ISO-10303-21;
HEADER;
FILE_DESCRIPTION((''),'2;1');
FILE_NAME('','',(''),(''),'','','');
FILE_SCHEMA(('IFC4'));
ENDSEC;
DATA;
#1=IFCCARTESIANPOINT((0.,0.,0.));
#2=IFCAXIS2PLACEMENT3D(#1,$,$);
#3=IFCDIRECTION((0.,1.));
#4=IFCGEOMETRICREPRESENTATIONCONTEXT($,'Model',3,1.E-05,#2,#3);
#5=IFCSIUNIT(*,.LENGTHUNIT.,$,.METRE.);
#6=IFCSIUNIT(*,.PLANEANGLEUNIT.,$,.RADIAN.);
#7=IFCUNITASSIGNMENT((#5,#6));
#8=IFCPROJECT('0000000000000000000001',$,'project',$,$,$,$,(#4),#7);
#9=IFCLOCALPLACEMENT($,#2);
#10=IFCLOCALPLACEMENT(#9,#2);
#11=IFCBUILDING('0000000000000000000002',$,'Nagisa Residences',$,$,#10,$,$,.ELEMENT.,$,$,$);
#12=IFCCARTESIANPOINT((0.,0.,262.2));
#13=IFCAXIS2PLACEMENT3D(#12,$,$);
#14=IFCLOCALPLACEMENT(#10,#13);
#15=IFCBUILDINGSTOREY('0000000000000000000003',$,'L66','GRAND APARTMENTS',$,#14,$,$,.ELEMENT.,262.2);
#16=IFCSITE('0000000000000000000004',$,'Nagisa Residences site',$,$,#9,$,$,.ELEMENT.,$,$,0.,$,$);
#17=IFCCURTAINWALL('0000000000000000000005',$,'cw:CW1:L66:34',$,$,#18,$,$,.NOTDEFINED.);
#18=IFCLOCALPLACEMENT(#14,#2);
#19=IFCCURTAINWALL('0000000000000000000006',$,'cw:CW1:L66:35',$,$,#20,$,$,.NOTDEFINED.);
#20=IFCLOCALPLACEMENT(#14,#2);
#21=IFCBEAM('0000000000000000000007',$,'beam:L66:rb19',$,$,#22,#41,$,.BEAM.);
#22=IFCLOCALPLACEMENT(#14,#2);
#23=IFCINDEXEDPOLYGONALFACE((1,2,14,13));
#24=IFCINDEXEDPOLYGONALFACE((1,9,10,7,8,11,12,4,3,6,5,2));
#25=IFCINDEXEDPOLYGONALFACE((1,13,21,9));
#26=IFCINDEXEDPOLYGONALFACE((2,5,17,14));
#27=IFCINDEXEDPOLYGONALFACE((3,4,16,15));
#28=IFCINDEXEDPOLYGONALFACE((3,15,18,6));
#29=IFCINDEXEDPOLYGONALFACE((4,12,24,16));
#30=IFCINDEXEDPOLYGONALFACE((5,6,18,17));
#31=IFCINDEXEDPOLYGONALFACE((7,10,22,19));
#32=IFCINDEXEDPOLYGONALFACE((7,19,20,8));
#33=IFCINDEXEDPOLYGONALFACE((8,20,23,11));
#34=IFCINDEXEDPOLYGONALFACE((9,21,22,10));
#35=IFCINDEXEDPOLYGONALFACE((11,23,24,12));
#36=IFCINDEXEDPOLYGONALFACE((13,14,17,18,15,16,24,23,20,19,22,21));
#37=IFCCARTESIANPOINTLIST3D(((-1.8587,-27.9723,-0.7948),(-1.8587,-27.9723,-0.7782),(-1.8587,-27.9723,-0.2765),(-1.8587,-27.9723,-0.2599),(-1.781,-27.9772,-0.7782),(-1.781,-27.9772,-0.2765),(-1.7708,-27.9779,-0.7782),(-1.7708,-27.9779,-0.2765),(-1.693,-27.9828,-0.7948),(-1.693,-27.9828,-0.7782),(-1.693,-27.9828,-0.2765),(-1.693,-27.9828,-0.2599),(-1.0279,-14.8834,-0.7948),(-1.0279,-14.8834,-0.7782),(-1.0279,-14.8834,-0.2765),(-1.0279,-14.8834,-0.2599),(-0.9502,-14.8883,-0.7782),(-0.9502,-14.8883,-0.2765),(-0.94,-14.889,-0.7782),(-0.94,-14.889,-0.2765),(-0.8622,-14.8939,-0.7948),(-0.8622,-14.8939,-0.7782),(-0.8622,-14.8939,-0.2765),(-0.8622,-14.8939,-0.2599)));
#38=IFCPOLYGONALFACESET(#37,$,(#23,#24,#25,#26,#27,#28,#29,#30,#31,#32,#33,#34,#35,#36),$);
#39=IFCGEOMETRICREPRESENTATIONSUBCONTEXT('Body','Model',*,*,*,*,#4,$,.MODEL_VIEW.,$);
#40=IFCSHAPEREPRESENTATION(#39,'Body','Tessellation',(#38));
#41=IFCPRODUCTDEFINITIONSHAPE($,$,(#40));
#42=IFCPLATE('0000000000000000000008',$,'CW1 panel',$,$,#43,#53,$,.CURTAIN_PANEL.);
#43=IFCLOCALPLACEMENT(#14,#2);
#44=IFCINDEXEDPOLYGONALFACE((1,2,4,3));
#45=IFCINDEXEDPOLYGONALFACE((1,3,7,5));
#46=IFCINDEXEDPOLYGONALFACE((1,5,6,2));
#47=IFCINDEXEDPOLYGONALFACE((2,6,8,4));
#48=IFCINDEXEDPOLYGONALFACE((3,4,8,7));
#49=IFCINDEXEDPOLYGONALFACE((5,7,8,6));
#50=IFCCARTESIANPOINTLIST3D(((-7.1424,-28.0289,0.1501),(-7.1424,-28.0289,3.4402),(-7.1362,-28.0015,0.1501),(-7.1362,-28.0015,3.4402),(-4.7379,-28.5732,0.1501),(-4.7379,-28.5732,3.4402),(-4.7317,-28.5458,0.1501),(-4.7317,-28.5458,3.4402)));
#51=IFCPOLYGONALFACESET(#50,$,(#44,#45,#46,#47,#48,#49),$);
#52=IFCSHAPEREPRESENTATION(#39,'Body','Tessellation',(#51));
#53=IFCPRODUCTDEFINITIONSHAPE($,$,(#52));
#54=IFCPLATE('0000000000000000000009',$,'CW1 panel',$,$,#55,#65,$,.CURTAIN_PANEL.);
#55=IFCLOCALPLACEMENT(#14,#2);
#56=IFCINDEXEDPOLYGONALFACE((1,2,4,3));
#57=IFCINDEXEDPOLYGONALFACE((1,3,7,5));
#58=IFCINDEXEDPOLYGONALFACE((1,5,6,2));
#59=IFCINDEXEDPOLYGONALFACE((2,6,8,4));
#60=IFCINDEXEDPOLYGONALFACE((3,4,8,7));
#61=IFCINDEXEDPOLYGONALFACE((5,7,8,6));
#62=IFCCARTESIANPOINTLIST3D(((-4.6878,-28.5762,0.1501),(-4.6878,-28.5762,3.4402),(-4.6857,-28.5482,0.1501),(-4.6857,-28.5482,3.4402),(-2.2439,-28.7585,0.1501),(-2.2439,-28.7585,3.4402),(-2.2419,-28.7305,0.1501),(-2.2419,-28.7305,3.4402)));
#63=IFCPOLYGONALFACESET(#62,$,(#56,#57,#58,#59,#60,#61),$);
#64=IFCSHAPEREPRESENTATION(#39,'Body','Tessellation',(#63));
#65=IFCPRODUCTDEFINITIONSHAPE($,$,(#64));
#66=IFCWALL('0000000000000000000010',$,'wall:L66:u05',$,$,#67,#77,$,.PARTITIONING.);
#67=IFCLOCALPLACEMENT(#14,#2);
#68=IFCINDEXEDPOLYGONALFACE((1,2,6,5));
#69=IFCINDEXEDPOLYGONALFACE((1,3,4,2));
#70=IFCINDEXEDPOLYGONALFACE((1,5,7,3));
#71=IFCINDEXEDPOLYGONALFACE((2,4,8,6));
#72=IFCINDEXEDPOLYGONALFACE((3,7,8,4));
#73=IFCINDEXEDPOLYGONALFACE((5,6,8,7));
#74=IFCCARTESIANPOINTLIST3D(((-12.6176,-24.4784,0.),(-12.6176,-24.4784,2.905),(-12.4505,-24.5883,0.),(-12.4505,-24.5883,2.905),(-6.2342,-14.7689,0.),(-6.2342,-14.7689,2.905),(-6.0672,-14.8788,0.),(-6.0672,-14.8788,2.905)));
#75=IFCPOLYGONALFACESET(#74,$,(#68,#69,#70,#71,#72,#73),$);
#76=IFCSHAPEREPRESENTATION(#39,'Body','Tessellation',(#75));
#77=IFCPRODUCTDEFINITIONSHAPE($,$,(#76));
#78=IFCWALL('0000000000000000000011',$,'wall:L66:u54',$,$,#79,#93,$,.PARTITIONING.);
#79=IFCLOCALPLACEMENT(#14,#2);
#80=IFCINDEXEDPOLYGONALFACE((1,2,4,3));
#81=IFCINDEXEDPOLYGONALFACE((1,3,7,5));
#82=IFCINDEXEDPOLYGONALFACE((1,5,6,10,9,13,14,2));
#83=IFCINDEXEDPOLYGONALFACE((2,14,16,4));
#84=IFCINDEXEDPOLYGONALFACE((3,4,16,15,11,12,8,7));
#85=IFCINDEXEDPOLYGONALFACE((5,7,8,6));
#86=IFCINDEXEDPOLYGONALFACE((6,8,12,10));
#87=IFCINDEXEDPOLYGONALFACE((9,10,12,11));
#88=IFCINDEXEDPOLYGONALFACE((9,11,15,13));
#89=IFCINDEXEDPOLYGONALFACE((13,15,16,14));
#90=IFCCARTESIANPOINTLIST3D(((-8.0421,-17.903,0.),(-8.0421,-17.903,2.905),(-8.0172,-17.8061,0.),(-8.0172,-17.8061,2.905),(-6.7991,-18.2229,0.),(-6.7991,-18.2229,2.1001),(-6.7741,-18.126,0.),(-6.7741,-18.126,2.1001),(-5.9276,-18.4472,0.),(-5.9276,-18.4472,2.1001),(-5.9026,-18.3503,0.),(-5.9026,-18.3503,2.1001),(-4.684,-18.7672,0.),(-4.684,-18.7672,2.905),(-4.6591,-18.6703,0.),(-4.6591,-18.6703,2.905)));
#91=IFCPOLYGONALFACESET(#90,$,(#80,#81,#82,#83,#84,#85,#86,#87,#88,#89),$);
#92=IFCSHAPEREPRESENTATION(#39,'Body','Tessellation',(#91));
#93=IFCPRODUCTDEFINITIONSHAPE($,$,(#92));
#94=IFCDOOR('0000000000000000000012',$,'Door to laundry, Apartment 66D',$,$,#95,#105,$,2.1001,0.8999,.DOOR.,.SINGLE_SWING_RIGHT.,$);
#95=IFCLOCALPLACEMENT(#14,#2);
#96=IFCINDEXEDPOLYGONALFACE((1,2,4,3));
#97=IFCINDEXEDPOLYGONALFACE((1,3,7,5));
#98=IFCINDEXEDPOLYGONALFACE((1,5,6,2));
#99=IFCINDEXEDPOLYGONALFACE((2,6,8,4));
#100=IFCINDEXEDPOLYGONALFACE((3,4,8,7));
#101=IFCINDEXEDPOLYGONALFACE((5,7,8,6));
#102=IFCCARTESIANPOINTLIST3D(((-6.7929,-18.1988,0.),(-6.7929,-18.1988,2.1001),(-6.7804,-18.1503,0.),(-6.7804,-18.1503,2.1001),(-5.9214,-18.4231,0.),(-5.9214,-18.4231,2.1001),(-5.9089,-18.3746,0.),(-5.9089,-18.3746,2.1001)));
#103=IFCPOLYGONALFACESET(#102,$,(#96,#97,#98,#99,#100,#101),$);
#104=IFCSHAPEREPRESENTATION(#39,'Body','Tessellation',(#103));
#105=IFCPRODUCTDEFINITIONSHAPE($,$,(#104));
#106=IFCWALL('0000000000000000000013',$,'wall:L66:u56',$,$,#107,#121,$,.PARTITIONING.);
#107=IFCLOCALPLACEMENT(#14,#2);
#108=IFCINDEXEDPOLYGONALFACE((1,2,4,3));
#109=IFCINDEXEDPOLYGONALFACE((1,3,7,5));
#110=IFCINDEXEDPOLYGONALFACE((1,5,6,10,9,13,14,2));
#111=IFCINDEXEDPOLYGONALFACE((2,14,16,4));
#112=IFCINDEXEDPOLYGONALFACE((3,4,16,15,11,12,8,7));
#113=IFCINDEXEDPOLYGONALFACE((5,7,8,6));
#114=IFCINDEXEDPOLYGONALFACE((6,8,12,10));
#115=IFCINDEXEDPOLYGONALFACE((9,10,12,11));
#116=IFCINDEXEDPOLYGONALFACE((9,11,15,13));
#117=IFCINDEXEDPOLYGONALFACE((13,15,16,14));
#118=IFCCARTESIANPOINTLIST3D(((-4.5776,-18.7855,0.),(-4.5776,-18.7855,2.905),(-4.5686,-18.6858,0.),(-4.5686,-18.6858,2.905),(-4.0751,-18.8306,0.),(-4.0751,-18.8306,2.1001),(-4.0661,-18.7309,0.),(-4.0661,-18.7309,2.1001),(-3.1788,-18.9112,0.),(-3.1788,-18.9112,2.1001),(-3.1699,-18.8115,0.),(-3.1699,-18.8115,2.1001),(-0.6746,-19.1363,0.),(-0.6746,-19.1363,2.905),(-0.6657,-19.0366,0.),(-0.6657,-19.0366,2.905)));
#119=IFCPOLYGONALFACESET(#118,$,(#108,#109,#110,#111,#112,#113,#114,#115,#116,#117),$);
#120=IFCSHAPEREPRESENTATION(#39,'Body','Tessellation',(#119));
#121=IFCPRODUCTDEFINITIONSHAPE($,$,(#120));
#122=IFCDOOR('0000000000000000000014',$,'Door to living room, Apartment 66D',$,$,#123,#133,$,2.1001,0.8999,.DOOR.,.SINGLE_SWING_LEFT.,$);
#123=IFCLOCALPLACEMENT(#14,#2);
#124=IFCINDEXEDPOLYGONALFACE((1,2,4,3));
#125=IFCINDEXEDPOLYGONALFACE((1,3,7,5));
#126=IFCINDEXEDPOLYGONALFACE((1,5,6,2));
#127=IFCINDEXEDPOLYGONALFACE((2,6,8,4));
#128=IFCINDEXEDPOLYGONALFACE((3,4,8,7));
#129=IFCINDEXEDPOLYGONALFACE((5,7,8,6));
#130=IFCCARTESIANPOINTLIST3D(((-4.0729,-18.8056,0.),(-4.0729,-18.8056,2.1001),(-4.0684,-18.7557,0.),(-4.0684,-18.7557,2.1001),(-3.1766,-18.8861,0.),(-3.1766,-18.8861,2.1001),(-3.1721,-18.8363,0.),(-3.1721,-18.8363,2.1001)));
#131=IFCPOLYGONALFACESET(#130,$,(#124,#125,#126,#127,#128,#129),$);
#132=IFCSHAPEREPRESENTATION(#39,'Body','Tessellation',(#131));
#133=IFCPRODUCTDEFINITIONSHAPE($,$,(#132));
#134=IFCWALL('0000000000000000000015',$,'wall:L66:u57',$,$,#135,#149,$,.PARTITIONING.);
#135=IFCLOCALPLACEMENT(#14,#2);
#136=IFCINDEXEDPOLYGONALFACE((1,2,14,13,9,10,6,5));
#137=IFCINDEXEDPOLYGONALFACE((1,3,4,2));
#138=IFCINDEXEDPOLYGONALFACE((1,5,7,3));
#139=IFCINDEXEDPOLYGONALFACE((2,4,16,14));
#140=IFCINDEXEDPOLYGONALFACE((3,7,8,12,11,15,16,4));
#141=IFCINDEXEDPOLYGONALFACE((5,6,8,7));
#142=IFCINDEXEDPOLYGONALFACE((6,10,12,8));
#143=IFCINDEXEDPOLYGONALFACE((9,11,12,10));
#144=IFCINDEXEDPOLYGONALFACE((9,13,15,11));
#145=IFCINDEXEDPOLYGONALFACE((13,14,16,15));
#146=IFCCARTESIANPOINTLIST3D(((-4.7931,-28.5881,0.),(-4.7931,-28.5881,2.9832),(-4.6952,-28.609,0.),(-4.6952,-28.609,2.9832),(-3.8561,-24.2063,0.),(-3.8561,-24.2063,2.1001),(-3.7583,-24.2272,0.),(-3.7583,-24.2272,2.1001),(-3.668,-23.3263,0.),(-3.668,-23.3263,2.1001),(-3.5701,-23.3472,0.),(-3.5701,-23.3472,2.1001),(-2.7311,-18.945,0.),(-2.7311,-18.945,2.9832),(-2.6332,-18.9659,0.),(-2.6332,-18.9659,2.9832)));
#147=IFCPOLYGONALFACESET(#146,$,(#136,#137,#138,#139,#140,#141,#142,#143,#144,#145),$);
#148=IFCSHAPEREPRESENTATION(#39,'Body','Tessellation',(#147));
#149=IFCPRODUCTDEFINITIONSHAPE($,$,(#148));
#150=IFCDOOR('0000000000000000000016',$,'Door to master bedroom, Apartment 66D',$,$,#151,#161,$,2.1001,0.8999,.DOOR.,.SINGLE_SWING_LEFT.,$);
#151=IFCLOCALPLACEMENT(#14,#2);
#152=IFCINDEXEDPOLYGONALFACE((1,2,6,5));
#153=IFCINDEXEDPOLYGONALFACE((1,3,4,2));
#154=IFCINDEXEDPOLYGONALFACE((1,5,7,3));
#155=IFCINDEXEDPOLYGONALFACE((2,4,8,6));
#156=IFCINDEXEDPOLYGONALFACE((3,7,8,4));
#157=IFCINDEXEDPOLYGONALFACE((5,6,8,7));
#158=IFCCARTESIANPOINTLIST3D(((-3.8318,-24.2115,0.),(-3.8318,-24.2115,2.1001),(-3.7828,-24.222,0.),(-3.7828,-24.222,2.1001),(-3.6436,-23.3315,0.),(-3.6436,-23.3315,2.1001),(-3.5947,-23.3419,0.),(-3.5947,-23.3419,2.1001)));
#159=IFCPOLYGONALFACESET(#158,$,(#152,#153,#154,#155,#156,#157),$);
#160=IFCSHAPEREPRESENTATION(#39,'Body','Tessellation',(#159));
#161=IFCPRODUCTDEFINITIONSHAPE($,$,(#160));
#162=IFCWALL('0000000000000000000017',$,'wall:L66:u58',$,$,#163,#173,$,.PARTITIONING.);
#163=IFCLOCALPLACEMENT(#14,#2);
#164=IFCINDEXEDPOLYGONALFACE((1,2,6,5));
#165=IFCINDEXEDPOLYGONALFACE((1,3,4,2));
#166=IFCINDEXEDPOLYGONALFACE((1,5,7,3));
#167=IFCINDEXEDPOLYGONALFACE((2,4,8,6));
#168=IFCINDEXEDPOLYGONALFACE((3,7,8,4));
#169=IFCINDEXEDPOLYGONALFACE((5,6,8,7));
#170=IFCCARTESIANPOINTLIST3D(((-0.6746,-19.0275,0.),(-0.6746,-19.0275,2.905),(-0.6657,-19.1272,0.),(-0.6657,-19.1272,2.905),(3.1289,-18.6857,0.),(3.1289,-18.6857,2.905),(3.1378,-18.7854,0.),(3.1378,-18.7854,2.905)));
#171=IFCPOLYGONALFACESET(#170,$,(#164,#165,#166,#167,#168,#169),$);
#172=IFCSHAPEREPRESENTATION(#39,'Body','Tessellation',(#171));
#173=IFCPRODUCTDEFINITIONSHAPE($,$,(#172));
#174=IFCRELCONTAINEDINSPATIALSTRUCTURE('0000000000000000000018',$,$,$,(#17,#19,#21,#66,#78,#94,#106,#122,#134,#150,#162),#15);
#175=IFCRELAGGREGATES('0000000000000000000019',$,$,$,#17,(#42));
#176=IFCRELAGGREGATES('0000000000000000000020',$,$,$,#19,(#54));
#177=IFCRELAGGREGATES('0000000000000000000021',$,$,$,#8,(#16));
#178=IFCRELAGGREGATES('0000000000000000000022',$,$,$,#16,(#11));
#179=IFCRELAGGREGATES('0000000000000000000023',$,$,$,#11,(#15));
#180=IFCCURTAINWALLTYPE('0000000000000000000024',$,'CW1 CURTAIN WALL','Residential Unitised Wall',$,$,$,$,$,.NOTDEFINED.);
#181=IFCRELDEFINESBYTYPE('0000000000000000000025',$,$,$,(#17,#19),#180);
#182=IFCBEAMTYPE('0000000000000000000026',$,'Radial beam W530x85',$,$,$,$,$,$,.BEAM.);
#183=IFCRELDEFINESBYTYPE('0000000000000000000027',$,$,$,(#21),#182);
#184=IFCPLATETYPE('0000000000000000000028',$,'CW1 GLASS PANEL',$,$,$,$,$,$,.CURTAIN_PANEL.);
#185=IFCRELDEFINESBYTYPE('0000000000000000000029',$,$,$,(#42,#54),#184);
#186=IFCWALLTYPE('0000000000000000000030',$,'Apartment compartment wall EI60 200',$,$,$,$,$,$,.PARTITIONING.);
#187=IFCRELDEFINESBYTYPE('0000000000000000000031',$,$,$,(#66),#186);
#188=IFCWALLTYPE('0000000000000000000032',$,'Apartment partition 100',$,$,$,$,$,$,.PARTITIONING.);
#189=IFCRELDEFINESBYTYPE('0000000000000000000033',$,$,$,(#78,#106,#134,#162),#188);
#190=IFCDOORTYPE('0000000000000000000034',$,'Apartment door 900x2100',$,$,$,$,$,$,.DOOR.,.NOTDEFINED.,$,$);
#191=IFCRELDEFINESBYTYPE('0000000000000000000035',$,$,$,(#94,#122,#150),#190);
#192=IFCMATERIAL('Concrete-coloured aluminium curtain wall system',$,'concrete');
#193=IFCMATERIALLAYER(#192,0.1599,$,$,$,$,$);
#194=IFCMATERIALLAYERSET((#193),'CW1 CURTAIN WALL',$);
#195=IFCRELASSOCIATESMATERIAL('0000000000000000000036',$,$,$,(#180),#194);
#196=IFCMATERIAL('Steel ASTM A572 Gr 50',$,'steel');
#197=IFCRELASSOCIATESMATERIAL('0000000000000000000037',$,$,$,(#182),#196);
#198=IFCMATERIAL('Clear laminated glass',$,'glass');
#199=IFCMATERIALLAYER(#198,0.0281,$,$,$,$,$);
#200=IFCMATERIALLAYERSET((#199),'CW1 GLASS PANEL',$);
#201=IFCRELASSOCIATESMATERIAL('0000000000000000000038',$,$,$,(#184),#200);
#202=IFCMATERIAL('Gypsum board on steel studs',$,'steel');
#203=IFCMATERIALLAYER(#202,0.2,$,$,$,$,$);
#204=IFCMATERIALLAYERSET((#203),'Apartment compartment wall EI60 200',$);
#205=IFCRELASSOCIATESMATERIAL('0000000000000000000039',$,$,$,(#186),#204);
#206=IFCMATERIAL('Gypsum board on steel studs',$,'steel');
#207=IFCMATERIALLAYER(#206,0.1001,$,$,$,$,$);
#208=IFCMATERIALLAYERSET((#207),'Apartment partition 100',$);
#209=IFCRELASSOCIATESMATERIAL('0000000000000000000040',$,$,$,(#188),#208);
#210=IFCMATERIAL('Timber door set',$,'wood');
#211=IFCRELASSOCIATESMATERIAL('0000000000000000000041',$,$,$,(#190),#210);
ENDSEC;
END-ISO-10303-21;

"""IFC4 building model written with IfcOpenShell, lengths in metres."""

from ifc_helpers import new_model, si_unit, direction, frame, frame_2d, origin, origin_2d, place, context, subcontext, project, spatial, rectangle, i_section, extrude, material, layer, layer_set, material_profile, profile_set, type_object, element, fill, aggregate, save


model = new_model("IFC4")

# Units and contexts
model_context = context("Model", 3, precision=1e-05, world=origin(), true_north=direction((0.0, 1.0)))
body_context = subcontext(model_context, "Body", "Model", "MODEL_VIEW")
ifc_project = project(units=[si_unit("LENGTHUNIT", "METRE"), si_unit("PLANEANGLEUNIT", "RADIAN")], contexts=[model_context])

# Site, building, storey
site_placement = place(None, origin())
site = spatial("IfcSite", under=ifc_project, at=site_placement, Name="Nagisa Residences site", CompositionType="ELEMENT", RefElevation=0.0)
building_placement = place(site_placement, origin())
building = spatial("IfcBuilding", under=site, at=building_placement, Name="Nagisa Residences", CompositionType="ELEMENT")
storey_placement = place(building_placement, frame((0.0, 0.0, 262.2)))
storey = spatial("IfcBuildingStorey", under=building, at=storey_placement, Name="L66", Description="GRAND APARTMENTS", CompositionType="ELEMENT", Elevation=262.2)

# Curtain walls
ifc_material_1 = material(Name="Concrete-coloured aluminium curtain wall system", Category="concrete")
ifc_layer_1 = layer(ifc_material_1, 0.1599)
ifc_layer_set_1 = layer_set([ifc_layer_1], Name="CW1 CURTAIN WALL")
curtain_wall_type = type_object("IfcCurtainWallType", Name="CW1 CURTAIN WALL", Description="Residential Unitised Wall", PredefinedType="NOTDEFINED", material=ifc_layer_set_1)
curtain_wall_1_placement = place(storey_placement, origin())
curtain_wall_1 = element("IfcCurtainWall", 1, at=curtain_wall_1_placement, inside=storey, type_object=curtain_wall_type, Name="cw:CW1:L66:34", PredefinedType="NOTDEFINED")
curtain_wall_2_placement = place(storey_placement, origin())
curtain_wall_2 = element("IfcCurtainWall", 2, at=curtain_wall_2_placement, inside=storey, type_object=curtain_wall_type, Name="cw:CW1:L66:35", PredefinedType="NOTDEFINED")

# Beam
ifc_material_2 = material(Name="Steel ASTM A572 Gr 50", Category="steel")
ifc_material_profile_1 = material_profile(ifc_material_2, i_section(OverallWidth=0.166, OverallDepth=0.5349, WebThickness=0.0103, FlangeThickness=0.0166, at=origin_2d()), Name="W530x85")
ifc_profile_set_1 = profile_set([ifc_material_profile_1], Name="Steel ASTM A572 Gr 50")
beam_type_1 = type_object("IfcBeamType", Name="Radial beam W530x85", PredefinedType="BEAM", material=ifc_profile_set_1)
beam_1_placement = place(storey_placement, frame((-1.7759, -27.9775, -0.5273), z_axis=(0.063347, 0.997992, 0.0), x_axis=(-0.997992, 0.063347, 0.0)))
element("IfcBeam", 3, at=beam_1_placement, inside=storey, type_object=beam_type_1, Name="beam:L66:rb19", PredefinedType="BEAM", context=body_context, shape_type="SweptSolid", body=[
    extrude(i_section(OverallWidth=0.166, OverallDepth=0.5349, WebThickness=0.0103, FlangeThickness=0.0166, at=origin_2d()), origin(), (0.0, 0.0, 1.0), 13.1152),
])

# Plates
ifc_material_3 = material(Name="Clear laminated glass", Category="glass")
ifc_layer_2 = layer(ifc_material_3, 0.0281)
ifc_layer_set_2 = layer_set([ifc_layer_2], Name="CW1 GLASS PANEL")
plate_type = type_object("IfcPlateType", Name="CW1 GLASS PANEL", PredefinedType="CURTAIN_PANEL", material=ifc_layer_set_2)
plate_1_placement = place(storey_placement, frame((-5.937, -28.2874, 0.1501), z_axis=(0.0, 0.0, 1.0), x_axis=(0.975327, -0.220764, 0.0)))
plate_1 = element("IfcPlate", 4, at=plate_1_placement, type_object=plate_type, Name="CW1 panel", PredefinedType="CURTAIN_PANEL", context=body_context, shape_type="SweptSolid", body=[
    extrude(rectangle(XDim=2.4653, YDim=0.0281, at=origin_2d()), origin(), (0.0, 0.0, 1.0), 3.29),
])
aggregate(curtain_wall_1, [plate_1])
plate_2_placement = place(storey_placement, frame((-3.4648, -28.6533, 0.1501), z_axis=(0.0, 0.0, 1.0), x_axis=(0.99723, -0.074377, 0.0)))
plate_2 = element("IfcPlate", 5, at=plate_2_placement, type_object=plate_type, Name="CW1 panel", PredefinedType="CURTAIN_PANEL", context=body_context, shape_type="SweptSolid", body=[
    extrude(rectangle(XDim=2.4507, YDim=0.0281, at=origin_2d()), origin(), (0.0, 0.0, 1.0), 3.29),
])
aggregate(curtain_wall_2, [plate_2])

# Wall
ifc_material_4 = material(Name="Gypsum board on steel studs", Category="steel")
ifc_layer_3 = layer(ifc_material_4, 0.2)
ifc_layer_set_3 = layer_set([ifc_layer_3], Name="Apartment compartment wall EI60 200")
wall_type_1 = type_object("IfcWallType", Name="Apartment compartment wall EI60 200", PredefinedType="PARTITIONING", material=ifc_layer_set_3)
wall_1_placement = place(storey_placement, frame((-6.1506, -14.8237, 0.0), z_axis=(0.0, 0.0, 1.0), x_axis=(-0.549346, -0.835595, 0.0)))
element("IfcWall", 6, at=wall_1_placement, inside=storey, type_object=wall_type_1, Name="wall:L66:u05", PredefinedType="PARTITIONING", context=body_context, shape_type="SweptSolid", body=[
    extrude(rectangle(XDim=11.6199, YDim=0.2, at=frame_2d((5.8101, 0.0))), origin(), (0.0, 0.0, 1.0), 2.905),
])

# Walls, openings, doors
ifc_material_5 = material(Name="Gypsum board on steel studs", Category="steel")
ifc_layer_4 = layer(ifc_material_5, 0.1001)
ifc_layer_set_4 = layer_set([ifc_layer_4], Name="Apartment partition 100")
wall_type_2 = type_object("IfcWallType", Name="Apartment partition 100", PredefinedType="PARTITIONING", material=ifc_layer_set_4)
wall_2_placement = place(storey_placement, frame((-8.0298, -17.8545, 0.0), z_axis=(0.0, 0.0, 1.0), x_axis=(0.968442, -0.249239, 0.0)))
wall_2 = element("IfcWall", 7, at=wall_2_placement, inside=storey, type_object=wall_type_2, Name="wall:L66:u54", PredefinedType="PARTITIONING", context=body_context, shape_type="SweptSolid", body=[
    extrude(rectangle(XDim=3.4675, YDim=0.1001, at=frame_2d((1.7339, 0.0))), origin(), (0.0, 0.0, 1.0), 2.905),
])
opening_1_placement = place(wall_2_placement, frame((1.2837, 0.0, 0.0)))
opening_1 = element("IfcOpeningElement", 8, at=opening_1_placement, cuts=wall_2, PredefinedType="OPENING", context=body_context, shape_type="SweptSolid", body=[
    extrude(rectangle(XDim=0.8999, YDim=2.1001, at=frame_2d((0.45, 1.05))), frame((0.0, 0.0601, 0.0), z_axis=(0.0, -1.0, 0.0), x_axis=(1.0, 0.0, 0.0)), (0.0, 0.0, 1.0), 0.1201),
])
ifc_material_6 = material(Name="Timber door set", Category="wood")
door_type_1 = type_object("IfcDoorType", Name="Apartment door 900x2100", OperationType="NOTDEFINED", PredefinedType="DOOR", material=ifc_material_6)
door_1_placement = place(opening_1_placement, origin())
door_1 = element("IfcDoor", 9, at=door_1_placement, inside=storey, type_object=door_type_1, Name="Door to laundry, Apartment 66D", OperationType="SINGLE_SWING_RIGHT", OverallHeight=2.1001, OverallWidth=0.8999, PredefinedType="DOOR", context=body_context, shape_type="SweptSolid", body=[
    extrude(rectangle(XDim=0.8999, YDim=2.1001, at=frame_2d((0.45, 1.05))), frame((0.0, 0.0249, 0.0), z_axis=(0.0, -1.0, 0.0), x_axis=(1.0, 0.0, 0.0)), (0.0, 0.0, 1.0), 0.05),
])
fill(opening_1, door_1)
wall_3_placement = place(storey_placement, frame((-4.5732, -18.7356, 0.0), z_axis=(0.0, 0.0, 1.0), x_axis=(0.995985, -0.089525, 0.0)))
wall_3 = element("IfcWall", 10, at=wall_3_placement, inside=storey, type_object=wall_type_2, Name="wall:L66:u56", PredefinedType="PARTITIONING", context=body_context, shape_type="SweptSolid", body=[
    extrude(rectangle(XDim=3.9187, YDim=0.1001, at=frame_2d((1.9595, 0.0))), origin(), (0.0, 0.0, 1.0), 2.905),
])
opening_2_placement = place(wall_3_placement, frame((0.5046, 0.0, 0.0)))
opening_2 = element("IfcOpeningElement", 11, at=opening_2_placement, cuts=wall_3, PredefinedType="OPENING", context=body_context, shape_type="SweptSolid", body=[
    extrude(rectangle(XDim=0.8999, YDim=2.1001, at=frame_2d((0.45, 1.05))), frame((0.0, 0.0601, 0.0), z_axis=(0.0, -1.0, 0.0), x_axis=(1.0, 0.0, 0.0)), (0.0, 0.0, 1.0), 0.1201),
])
door_2_placement = place(opening_2_placement, frame((0.8999, 0.0, 0.0), x_axis=(-1.0, 0.0, 0.0)))
door_2 = element("IfcDoor", 12, at=door_2_placement, inside=storey, type_object=door_type_1, Name="Door to living room, Apartment 66D", OperationType="SINGLE_SWING_LEFT", OverallHeight=2.1001, OverallWidth=0.8999, PredefinedType="DOOR", context=body_context, shape_type="SweptSolid", body=[
    extrude(rectangle(XDim=0.8999, YDim=2.1001, at=frame_2d((0.45, 1.05))), frame((0.0, 0.0249, 0.0), z_axis=(0.0, -1.0, 0.0), x_axis=(1.0, 0.0, 0.0)), (0.0, 0.0, 1.0), 0.05),
])
fill(opening_2, door_2)
wall_4_placement = place(storey_placement, frame((-2.6821, -18.9553, 0.0), z_axis=(0.0, 0.0, 1.0), x_axis=(-0.209106, -0.977893, 0.0)))
wall_4 = element("IfcWall", 13, at=wall_4_placement, inside=storey, type_object=wall_type_2, Name="wall:L66:u57", PredefinedType="PARTITIONING", context=body_context, shape_type="SweptSolid", body=[
    extrude(rectangle(XDim=9.8611, YDim=0.1001, at=frame_2d((4.9307, 0.0))), origin(), (0.0, 0.0, 1.0), 2.9832),
])
opening_3_placement = place(wall_4_placement, frame((4.4805, 0.0, 0.0)))
opening_3 = element("IfcOpeningElement", 14, at=opening_3_placement, cuts=wall_4, PredefinedType="OPENING", context=body_context, shape_type="SweptSolid", body=[
    extrude(rectangle(XDim=0.8999, YDim=2.1001, at=frame_2d((0.45, 1.05))), frame((0.0, 0.0601, 0.0), z_axis=(0.0, -1.0, 0.0), x_axis=(1.0, 0.0, 0.0)), (0.0, 0.0, 1.0), 0.1201),
])
door_3_placement = place(opening_3_placement, origin())
door_3 = element("IfcDoor", 15, at=door_3_placement, inside=storey, type_object=door_type_1, Name="Door to master bedroom, Apartment 66D", OperationType="SINGLE_SWING_LEFT", OverallHeight=2.1001, OverallWidth=0.8999, PredefinedType="DOOR", context=body_context, shape_type="SweptSolid", body=[
    extrude(rectangle(XDim=0.8999, YDim=2.1001, at=frame_2d((0.45, 1.05))), frame((0.0, 0.0249, 0.0), z_axis=(0.0, -1.0, 0.0), x_axis=(1.0, 0.0, 0.0)), (0.0, 0.0, 1.0), 0.05),
])
fill(opening_3, door_3)

# Wall
wall_5_placement = place(storey_placement, frame((-0.6702, -19.0774, 0.0), z_axis=(0.0, 0.0, 1.0), x_axis=(0.995986, 0.089504, 0.0)))
element("IfcWall", 16, at=wall_5_placement, inside=storey, type_object=wall_type_2, Name="wall:L66:u58", PredefinedType="PARTITIONING", context=body_context, shape_type="SweptSolid", body=[
    extrude(rectangle(XDim=3.8188, YDim=0.1001, at=frame_2d((1.9094, 0.0))), origin(), (0.0, 0.0, 1.0), 2.905),
])

save(model, "model.ifc")
